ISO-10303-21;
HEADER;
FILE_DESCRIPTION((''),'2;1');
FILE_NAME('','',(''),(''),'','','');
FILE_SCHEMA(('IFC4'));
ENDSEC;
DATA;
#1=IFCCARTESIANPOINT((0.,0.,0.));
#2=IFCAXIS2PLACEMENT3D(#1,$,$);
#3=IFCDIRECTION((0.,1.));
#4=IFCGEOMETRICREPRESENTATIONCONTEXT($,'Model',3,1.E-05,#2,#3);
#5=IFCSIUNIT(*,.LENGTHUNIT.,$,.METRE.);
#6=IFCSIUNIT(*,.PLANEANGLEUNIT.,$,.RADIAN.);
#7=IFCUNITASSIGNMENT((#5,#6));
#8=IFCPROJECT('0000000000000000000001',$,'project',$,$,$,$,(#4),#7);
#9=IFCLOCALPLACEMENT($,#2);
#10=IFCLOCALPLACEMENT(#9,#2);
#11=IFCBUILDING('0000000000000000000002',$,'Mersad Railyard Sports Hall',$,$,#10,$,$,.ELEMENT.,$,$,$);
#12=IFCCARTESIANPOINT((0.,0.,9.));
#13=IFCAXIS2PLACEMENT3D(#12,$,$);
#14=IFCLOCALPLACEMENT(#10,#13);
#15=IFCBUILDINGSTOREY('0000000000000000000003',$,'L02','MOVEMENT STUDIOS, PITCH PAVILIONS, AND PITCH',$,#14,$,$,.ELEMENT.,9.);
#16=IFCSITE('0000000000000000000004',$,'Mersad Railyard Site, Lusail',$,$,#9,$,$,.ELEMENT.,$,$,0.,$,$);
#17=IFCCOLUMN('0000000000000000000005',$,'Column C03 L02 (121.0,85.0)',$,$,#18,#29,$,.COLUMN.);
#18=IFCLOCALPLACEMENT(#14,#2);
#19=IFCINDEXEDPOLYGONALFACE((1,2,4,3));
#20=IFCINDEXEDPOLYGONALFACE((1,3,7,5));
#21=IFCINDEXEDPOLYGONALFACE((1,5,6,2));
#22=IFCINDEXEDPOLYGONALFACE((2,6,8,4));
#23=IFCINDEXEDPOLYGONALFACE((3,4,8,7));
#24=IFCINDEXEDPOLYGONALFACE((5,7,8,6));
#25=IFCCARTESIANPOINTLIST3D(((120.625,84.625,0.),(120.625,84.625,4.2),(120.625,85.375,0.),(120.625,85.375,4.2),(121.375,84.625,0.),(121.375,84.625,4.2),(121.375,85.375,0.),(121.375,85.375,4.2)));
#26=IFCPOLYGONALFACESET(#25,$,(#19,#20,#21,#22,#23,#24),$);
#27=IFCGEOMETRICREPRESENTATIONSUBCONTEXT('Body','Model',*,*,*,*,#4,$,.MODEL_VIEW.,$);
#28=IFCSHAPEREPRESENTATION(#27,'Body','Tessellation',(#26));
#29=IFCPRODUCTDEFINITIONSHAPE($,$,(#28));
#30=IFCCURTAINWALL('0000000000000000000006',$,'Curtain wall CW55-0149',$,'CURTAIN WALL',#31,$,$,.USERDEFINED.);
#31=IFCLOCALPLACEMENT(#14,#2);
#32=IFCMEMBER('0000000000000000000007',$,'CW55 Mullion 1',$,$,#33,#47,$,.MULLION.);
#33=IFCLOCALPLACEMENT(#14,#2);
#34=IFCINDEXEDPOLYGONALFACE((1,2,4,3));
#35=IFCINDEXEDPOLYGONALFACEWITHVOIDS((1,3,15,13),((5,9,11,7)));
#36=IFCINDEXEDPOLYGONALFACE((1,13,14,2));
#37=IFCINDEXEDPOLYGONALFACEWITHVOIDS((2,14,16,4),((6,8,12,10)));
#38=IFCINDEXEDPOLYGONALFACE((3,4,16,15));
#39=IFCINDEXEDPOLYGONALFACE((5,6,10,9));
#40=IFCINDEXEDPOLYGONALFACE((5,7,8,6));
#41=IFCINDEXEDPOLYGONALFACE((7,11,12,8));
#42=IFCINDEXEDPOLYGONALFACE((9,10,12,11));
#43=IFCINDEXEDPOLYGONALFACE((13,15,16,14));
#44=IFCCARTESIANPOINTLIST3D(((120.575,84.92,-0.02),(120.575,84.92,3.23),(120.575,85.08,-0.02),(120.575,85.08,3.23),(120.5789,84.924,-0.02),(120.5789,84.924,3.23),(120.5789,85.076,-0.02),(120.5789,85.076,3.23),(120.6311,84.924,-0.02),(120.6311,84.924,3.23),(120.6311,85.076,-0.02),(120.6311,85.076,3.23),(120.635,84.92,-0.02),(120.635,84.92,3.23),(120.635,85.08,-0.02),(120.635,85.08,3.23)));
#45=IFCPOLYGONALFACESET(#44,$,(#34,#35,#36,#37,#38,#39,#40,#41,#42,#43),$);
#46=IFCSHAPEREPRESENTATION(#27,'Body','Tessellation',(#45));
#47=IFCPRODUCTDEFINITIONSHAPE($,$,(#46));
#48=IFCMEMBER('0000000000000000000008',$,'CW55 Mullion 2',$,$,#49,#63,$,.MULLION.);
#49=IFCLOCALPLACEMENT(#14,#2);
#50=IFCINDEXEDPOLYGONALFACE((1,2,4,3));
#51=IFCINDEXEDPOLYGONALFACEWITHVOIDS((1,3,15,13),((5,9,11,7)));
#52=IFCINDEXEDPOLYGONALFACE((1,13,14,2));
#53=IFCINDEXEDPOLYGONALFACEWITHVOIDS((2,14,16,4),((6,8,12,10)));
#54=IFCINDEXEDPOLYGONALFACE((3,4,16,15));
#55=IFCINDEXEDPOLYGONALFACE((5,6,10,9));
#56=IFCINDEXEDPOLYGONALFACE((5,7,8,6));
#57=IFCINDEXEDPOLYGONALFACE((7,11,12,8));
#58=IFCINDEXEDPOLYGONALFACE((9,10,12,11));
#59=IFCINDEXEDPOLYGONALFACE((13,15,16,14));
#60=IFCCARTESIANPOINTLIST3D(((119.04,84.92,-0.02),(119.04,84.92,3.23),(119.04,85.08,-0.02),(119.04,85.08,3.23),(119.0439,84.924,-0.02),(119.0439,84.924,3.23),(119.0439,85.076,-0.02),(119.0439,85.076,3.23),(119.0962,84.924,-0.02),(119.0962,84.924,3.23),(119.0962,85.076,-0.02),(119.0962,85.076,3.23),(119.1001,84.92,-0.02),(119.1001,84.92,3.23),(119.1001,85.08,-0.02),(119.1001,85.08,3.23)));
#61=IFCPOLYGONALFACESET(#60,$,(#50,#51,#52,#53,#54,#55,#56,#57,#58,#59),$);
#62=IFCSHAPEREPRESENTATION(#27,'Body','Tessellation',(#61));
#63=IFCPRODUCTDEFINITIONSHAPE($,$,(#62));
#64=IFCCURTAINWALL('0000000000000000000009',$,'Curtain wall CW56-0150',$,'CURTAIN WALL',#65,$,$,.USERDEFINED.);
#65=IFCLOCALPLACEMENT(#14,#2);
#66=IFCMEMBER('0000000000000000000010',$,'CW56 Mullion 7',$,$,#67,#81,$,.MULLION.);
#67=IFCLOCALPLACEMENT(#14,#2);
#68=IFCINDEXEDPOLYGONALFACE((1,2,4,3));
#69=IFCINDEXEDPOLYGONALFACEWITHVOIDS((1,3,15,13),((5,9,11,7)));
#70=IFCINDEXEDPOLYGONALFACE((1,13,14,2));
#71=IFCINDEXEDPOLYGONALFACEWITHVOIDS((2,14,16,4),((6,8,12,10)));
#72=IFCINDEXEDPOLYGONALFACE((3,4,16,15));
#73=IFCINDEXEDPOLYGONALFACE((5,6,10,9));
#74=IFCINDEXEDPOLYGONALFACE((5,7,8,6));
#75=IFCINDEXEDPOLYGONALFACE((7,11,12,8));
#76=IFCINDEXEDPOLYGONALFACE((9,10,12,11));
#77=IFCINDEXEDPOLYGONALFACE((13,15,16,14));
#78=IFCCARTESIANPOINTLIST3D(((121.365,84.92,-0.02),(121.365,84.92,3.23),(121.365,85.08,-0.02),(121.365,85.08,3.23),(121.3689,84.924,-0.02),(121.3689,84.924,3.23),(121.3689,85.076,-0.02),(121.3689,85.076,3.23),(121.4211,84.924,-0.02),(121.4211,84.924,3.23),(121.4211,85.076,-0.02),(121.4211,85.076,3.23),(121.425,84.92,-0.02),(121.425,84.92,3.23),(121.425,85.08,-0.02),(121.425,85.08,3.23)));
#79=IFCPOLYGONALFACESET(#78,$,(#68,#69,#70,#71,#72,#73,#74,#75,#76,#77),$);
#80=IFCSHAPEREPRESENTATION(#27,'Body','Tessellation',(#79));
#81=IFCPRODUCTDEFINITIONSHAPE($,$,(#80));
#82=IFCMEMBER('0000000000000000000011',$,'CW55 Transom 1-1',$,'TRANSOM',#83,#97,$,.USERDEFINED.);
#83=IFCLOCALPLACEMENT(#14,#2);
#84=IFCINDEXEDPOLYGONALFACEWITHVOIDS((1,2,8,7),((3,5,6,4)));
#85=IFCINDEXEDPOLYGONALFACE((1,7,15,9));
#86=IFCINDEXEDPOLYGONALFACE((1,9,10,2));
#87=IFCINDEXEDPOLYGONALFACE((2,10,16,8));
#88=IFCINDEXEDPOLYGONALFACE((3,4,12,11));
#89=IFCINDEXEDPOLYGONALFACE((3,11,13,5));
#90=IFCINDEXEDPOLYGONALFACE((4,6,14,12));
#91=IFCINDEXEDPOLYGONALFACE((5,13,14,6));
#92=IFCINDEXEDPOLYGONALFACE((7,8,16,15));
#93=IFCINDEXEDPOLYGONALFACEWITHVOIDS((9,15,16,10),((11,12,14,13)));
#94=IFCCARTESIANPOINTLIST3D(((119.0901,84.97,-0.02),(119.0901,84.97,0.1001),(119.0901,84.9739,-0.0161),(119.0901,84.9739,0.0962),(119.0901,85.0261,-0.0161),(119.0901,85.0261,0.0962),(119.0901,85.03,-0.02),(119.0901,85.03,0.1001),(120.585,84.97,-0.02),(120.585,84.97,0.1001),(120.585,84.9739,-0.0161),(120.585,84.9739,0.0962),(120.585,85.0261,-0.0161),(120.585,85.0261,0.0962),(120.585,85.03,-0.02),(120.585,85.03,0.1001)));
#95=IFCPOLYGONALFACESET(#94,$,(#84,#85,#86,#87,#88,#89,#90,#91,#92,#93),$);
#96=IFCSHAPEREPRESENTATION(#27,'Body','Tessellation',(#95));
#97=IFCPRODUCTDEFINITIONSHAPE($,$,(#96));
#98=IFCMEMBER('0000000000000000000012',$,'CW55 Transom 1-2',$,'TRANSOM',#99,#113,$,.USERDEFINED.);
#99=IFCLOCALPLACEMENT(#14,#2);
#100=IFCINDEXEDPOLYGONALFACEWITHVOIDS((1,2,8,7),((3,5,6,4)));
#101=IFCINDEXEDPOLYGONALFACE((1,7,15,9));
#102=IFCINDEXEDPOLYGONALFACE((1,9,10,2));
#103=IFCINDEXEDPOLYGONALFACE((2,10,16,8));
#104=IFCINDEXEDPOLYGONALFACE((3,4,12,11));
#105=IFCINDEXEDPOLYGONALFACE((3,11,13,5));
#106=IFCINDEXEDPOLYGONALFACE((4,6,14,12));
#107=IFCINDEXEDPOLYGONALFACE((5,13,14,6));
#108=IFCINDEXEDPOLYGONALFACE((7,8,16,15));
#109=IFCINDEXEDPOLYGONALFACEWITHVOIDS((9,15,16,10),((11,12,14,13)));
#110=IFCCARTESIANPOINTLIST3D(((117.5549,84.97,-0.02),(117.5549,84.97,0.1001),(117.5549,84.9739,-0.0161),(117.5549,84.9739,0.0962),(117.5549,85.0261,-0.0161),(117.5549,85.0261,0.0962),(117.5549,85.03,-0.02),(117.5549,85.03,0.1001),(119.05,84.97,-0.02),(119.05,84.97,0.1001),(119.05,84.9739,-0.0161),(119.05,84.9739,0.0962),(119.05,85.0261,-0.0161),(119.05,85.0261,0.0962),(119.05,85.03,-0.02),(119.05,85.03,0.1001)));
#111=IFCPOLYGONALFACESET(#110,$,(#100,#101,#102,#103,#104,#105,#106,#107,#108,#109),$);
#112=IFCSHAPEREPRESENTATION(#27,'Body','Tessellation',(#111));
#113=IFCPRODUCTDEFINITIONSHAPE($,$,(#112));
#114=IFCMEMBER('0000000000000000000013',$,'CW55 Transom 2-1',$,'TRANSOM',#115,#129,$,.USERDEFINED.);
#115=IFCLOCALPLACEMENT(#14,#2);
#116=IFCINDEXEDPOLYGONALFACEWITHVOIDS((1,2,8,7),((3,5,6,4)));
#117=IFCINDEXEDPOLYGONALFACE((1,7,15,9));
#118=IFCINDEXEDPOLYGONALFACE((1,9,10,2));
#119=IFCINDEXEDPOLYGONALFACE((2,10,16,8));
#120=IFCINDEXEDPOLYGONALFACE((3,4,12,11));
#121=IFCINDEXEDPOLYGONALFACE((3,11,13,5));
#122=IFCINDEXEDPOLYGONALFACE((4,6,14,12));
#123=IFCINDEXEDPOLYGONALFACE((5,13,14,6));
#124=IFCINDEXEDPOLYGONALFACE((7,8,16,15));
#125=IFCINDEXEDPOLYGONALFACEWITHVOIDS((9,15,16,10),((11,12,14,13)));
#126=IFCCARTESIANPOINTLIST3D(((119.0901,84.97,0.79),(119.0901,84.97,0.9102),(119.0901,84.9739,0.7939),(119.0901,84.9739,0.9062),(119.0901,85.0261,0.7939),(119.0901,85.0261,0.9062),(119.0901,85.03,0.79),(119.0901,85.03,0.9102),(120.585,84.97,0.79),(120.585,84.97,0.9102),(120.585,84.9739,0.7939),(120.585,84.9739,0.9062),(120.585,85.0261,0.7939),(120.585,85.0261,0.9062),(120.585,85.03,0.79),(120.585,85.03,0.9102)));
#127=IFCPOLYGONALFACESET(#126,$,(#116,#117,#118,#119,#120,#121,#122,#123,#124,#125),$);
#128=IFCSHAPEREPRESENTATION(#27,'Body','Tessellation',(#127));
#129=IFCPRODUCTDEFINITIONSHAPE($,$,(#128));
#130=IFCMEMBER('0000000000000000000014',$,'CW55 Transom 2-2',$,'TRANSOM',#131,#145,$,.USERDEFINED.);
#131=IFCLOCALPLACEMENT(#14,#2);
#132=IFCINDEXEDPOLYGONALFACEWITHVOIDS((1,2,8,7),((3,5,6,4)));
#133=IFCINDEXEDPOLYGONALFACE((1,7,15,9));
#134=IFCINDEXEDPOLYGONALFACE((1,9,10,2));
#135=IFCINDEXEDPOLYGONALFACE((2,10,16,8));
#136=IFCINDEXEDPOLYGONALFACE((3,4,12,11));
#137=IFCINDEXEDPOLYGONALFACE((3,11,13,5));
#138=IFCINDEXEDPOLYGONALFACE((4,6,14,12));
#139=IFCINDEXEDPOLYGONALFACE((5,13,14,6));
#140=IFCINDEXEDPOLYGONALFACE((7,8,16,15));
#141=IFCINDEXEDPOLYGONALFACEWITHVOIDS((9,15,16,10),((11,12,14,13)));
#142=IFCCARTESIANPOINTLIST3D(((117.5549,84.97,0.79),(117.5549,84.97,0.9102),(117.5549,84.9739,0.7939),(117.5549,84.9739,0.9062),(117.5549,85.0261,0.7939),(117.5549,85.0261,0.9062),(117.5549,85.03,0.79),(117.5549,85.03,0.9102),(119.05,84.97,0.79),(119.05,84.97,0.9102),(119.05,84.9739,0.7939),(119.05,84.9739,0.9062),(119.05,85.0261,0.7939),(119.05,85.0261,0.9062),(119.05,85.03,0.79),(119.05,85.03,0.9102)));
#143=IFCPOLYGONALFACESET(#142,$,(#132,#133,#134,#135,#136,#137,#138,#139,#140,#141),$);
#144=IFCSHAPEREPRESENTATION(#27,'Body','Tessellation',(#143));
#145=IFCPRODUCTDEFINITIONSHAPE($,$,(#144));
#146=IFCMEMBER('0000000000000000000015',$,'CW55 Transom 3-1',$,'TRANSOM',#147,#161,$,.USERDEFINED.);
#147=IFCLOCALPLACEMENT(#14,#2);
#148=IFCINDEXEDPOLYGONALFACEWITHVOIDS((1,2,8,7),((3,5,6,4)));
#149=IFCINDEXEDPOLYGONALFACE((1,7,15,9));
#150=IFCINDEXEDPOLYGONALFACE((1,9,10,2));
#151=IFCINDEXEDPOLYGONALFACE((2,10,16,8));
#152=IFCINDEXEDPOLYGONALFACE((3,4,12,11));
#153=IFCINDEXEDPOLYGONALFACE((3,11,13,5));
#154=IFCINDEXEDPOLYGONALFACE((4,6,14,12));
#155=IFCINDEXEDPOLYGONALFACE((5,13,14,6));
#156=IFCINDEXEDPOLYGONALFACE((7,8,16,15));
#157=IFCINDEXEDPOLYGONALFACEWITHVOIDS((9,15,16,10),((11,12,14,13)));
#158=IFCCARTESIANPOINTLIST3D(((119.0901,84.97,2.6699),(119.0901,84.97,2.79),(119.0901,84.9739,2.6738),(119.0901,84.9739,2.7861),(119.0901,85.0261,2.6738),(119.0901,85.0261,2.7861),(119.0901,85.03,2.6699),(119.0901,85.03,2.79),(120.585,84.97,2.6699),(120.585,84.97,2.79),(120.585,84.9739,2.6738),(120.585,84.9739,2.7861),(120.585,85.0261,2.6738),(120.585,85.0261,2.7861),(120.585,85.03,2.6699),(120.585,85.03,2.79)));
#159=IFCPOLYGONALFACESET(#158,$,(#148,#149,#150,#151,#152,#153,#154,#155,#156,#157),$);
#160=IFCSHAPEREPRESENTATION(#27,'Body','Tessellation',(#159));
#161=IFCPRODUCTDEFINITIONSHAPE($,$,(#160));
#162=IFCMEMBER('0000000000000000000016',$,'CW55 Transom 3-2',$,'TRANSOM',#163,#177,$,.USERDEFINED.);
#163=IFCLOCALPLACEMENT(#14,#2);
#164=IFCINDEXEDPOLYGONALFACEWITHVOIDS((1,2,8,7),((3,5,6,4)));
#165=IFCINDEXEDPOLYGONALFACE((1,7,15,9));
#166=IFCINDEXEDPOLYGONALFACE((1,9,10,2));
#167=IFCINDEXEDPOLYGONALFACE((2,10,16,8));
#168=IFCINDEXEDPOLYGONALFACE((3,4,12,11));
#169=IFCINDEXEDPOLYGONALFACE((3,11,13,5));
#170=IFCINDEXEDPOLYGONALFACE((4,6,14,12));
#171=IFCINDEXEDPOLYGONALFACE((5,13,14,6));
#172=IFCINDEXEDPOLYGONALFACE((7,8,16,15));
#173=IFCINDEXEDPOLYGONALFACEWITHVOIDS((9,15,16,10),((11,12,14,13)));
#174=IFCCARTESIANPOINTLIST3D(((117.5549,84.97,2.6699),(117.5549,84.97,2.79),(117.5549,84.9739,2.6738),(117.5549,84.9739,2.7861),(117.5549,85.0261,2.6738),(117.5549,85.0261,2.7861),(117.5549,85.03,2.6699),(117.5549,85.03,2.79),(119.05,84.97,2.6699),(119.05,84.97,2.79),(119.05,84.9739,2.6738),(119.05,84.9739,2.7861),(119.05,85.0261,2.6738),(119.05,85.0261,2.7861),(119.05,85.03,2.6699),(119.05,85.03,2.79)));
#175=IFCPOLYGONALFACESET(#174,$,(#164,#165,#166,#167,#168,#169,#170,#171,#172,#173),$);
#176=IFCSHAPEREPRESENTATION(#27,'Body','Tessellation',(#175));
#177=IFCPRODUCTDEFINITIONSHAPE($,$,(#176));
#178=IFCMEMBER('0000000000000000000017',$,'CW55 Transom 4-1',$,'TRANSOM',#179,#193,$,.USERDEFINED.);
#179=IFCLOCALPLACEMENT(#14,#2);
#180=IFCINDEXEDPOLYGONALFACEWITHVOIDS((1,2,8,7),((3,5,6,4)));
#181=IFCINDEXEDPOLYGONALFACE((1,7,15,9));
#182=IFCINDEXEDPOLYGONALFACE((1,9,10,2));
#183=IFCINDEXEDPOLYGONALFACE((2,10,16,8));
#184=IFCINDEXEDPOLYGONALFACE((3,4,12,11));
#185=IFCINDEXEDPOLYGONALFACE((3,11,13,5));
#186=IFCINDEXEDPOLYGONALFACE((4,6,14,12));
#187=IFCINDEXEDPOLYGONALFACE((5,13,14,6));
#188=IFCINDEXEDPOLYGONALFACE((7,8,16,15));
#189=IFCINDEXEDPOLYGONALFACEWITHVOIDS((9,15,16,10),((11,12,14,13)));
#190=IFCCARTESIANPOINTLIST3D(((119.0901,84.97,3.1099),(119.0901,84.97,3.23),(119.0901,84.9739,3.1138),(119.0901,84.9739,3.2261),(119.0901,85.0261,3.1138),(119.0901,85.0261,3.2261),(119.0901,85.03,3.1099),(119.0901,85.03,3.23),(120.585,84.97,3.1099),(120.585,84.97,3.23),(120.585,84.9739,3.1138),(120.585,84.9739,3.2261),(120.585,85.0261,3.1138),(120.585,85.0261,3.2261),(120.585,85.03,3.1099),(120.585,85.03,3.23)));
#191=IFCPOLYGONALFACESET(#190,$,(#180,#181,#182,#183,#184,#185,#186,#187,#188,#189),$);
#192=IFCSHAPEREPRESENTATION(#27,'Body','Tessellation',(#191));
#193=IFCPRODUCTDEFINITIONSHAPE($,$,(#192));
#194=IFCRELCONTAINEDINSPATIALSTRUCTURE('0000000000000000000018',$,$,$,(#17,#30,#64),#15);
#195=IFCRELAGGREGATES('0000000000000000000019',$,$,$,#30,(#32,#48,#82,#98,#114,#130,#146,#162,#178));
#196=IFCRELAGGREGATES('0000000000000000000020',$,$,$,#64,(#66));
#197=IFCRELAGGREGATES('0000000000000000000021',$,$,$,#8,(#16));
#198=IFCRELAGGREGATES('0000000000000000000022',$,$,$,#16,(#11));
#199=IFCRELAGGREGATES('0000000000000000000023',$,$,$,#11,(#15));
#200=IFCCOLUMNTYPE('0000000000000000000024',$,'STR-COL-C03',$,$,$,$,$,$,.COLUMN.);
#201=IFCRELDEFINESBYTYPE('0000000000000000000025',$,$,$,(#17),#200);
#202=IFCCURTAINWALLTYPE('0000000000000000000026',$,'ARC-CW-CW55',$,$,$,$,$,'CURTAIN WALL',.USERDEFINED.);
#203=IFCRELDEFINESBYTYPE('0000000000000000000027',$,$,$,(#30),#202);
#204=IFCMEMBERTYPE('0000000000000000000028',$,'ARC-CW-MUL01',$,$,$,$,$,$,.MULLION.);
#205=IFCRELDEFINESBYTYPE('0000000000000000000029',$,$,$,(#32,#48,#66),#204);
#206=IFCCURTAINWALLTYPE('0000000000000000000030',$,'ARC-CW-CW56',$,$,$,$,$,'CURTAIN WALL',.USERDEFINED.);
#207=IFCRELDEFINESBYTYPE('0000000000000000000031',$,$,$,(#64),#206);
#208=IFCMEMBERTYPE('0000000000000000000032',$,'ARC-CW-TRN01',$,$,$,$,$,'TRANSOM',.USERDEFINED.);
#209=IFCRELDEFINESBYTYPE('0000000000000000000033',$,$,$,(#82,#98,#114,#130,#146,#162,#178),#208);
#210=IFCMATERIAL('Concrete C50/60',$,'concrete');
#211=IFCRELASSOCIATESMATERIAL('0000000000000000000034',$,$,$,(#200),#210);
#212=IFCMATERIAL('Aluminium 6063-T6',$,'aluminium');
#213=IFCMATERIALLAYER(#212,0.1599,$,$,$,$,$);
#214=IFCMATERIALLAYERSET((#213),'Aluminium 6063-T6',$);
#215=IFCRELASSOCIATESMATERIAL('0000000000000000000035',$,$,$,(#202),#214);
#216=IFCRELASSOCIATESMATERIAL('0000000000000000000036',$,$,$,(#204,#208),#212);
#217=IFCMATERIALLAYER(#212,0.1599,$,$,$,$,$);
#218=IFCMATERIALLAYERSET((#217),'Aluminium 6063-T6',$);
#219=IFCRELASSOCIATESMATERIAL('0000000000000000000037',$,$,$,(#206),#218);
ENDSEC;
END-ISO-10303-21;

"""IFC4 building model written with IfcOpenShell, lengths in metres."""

from ifc_helpers import new_model, si_unit, direction, frame, origin, origin_2d, place, context, subcontext, project, spatial, rectangle, hollow_rectangle, extrude, material, layer, layer_set, material_profile, profile_set, type_object, element, aggregate, save


model = new_model("IFC4")

# Units and contexts
model_context = context("Model", 3, precision=1e-05, world=origin(), true_north=direction((0.0, 1.0)))
body_context = subcontext(model_context, "Body", "Model", "MODEL_VIEW")
ifc_project = project(units=[si_unit("LENGTHUNIT", "METRE"), si_unit("PLANEANGLEUNIT", "RADIAN")], contexts=[model_context])

# Site, building, storey
site_placement = place(None, origin())
site = spatial("IfcSite", under=ifc_project, at=site_placement, Name="Mersad Railyard Site, Lusail", CompositionType="ELEMENT", RefElevation=0.0)
building_placement = place(site_placement, origin())
building = spatial("IfcBuilding", under=site, at=building_placement, Name="Mersad Railyard Sports Hall", CompositionType="ELEMENT")
storey_placement = place(building_placement, frame((0.0, 0.0, 9.0)))
storey = spatial("IfcBuildingStorey", under=building, at=storey_placement, Name="L02", Description="MOVEMENT STUDIOS, PITCH PAVILIONS, AND PITCH", CompositionType="ELEMENT", Elevation=9.0)

# Column
ifc_material_1 = material(Name="Concrete C50/60", Category="concrete")
ifc_material_profile_1 = material_profile(ifc_material_1, rectangle(XDim=0.75, YDim=0.75, at=origin_2d()), Name="RC 750x750")
ifc_profile_set_1 = profile_set([ifc_material_profile_1], Name="Concrete C50/60")
column_type = type_object("IfcColumnType", Name="STR-COL-C03", PredefinedType="COLUMN", material=ifc_profile_set_1)
column_placement = place(storey_placement, frame((121.0, 85.0, 0.0), z_axis=(0.0, 0.0, 1.0), x_axis=(1.0, 0.0, 0.0)))
element("IfcColumn", 1, at=column_placement, inside=storey, type_object=column_type, Name="Column C03 L02 (121.0,85.0)", PredefinedType="COLUMN", context=body_context, shape_type="SweptSolid", body=[
    extrude(rectangle(XDim=0.75, YDim=0.75, at=origin_2d()), origin(), (0.0, 0.0, 1.0), 4.2),
])

# Curtain wall, members
ifc_material_2 = material(Name="Aluminium 6063-T6", Category="aluminium")
ifc_layer_1 = layer(ifc_material_2, 0.1599)
ifc_layer_set_1 = layer_set([ifc_layer_1], Name="Aluminium 6063-T6")
curtain_wall_type_1 = type_object("IfcCurtainWallType", Name="ARC-CW-CW55", ElementType="CURTAIN WALL", PredefinedType="USERDEFINED", material=ifc_layer_set_1)
curtain_wall_1_placement = place(storey_placement, origin())
curtain_wall_1 = element("IfcCurtainWall", 2, at=curtain_wall_1_placement, inside=storey, type_object=curtain_wall_type_1, Name="Curtain wall CW55-0149", ObjectType="CURTAIN WALL", PredefinedType="USERDEFINED")
ifc_material_profile_2 = material_profile(ifc_material_2, hollow_rectangle(XDim=0.0601, YDim=0.1599, WallThickness=0.0039, at=origin_2d()), Name="AL MULLION 60x160x4")
ifc_profile_set_2 = profile_set([ifc_material_profile_2], Name="Aluminium 6063-T6")
member_type_1 = type_object("IfcMemberType", Name="ARC-CW-MUL01", PredefinedType="MULLION", material=ifc_profile_set_2)
member_1_placement = place(storey_placement, frame((120.605, 85.0, -0.02), z_axis=(0.0, 0.0, 1.0), x_axis=(1.0, 0.0, 0.0)))
member_1 = element("IfcMember", 3, at=member_1_placement, type_object=member_type_1, Name="CW55 Mullion 1", PredefinedType="MULLION", context=body_context, shape_type="SweptSolid", body=[
    extrude(hollow_rectangle(XDim=0.0601, YDim=0.1599, WallThickness=0.0039, at=origin_2d()), origin(), (0.0, 0.0, 1.0), 3.25),
])
member_2_placement = place(storey_placement, frame((119.0701, 85.0, -0.02), z_axis=(0.0, 0.0, 1.0), x_axis=(1.0, 0.0, 0.0)))
member_2 = element("IfcMember", 4, at=member_2_placement, type_object=member_type_1, Name="CW55 Mullion 2", PredefinedType="MULLION", context=body_context, shape_type="SweptSolid", body=[
    extrude(hollow_rectangle(XDim=0.0601, YDim=0.1599, WallThickness=0.0039, at=origin_2d()), origin(), (0.0, 0.0, 1.0), 3.25),
])

# Curtain wall, member
ifc_layer_2 = layer(ifc_material_2, 0.1599)
ifc_layer_set_2 = layer_set([ifc_layer_2], Name="Aluminium 6063-T6")
curtain_wall_type_2 = type_object("IfcCurtainWallType", Name="ARC-CW-CW56", ElementType="CURTAIN WALL", PredefinedType="USERDEFINED", material=ifc_layer_set_2)
curtain_wall_2_placement = place(storey_placement, origin())
curtain_wall_2 = element("IfcCurtainWall", 5, at=curtain_wall_2_placement, inside=storey, type_object=curtain_wall_type_2, Name="Curtain wall CW56-0150", ObjectType="CURTAIN WALL", PredefinedType="USERDEFINED")
member_3_placement = place(storey_placement, frame((121.395, 85.0, -0.02), z_axis=(0.0, 0.0, 1.0), x_axis=(1.0, 0.0, 0.0)))
member_3 = element("IfcMember", 6, at=member_3_placement, type_object=member_type_1, Name="CW56 Mullion 7", PredefinedType="MULLION", context=body_context, shape_type="SweptSolid", body=[
    extrude(hollow_rectangle(XDim=0.0601, YDim=0.1599, WallThickness=0.0039, at=origin_2d()), origin(), (0.0, 0.0, 1.0), 3.25),
])

# Members
ifc_material_profile_3 = material_profile(ifc_material_2, hollow_rectangle(XDim=0.0601, YDim=0.1201, WallThickness=0.0039, at=origin_2d()), Name="AL TRANSOM 60x120x4")
ifc_profile_set_3 = profile_set([ifc_material_profile_3], Name="Aluminium 6063-T6")
member_type_2 = type_object("IfcMemberType", Name="ARC-CW-TRN01", ElementType="TRANSOM", PredefinedType="USERDEFINED", material=ifc_profile_set_3)
member_4_placement = place(storey_placement, frame((120.585, 85.0, 0.04), z_axis=(-1.0, 0.0, 0.0), x_axis=(0.0, -1.0, 0.0)))
member_4 = element("IfcMember", 7, at=member_4_placement, type_object=member_type_2, Name="CW55 Transom 1-1", ObjectType="TRANSOM", PredefinedType="USERDEFINED", context=body_context, shape_type="SweptSolid", body=[
    extrude(hollow_rectangle(XDim=0.0601, YDim=0.1201, WallThickness=0.0039, at=origin_2d()), origin(), (0.0, 0.0, 1.0), 1.4949),
])
member_5_placement = place(storey_placement, frame((119.05, 85.0, 0.04), z_axis=(-1.0, 0.0, 0.0), x_axis=(0.0, -1.0, 0.0)))
member_5 = element("IfcMember", 8, at=member_5_placement, type_object=member_type_2, Name="CW55 Transom 1-2", ObjectType="TRANSOM", PredefinedType="USERDEFINED", context=body_context, shape_type="SweptSolid", body=[
    extrude(hollow_rectangle(XDim=0.0601, YDim=0.1201, WallThickness=0.0039, at=origin_2d()), origin(), (0.0, 0.0, 1.0), 1.4951),
])
member_6_placement = place(storey_placement, frame((120.585, 85.0, 0.8501), z_axis=(-1.0, 0.0, 0.0), x_axis=(0.0, -1.0, 0.0)))
member_6 = element("IfcMember", 9, at=member_6_placement, type_object=member_type_2, Name="CW55 Transom 2-1", ObjectType="TRANSOM", PredefinedType="USERDEFINED", context=body_context, shape_type="SweptSolid", body=[
    extrude(hollow_rectangle(XDim=0.0601, YDim=0.1201, WallThickness=0.0039, at=origin_2d()), origin(), (0.0, 0.0, 1.0), 1.4949),
])
member_7_placement = place(storey_placement, frame((119.05, 85.0, 0.8501), z_axis=(-1.0, 0.0, 0.0), x_axis=(0.0, -1.0, 0.0)))
member_7 = element("IfcMember", 10, at=member_7_placement, type_object=member_type_2, Name="CW55 Transom 2-2", ObjectType="TRANSOM", PredefinedType="USERDEFINED", context=body_context, shape_type="SweptSolid", body=[
    extrude(hollow_rectangle(XDim=0.0601, YDim=0.1201, WallThickness=0.0039, at=origin_2d()), origin(), (0.0, 0.0, 1.0), 1.4951),
])
member_8_placement = place(storey_placement, frame((120.585, 85.0, 2.73), z_axis=(-1.0, 0.0, 0.0), x_axis=(0.0, -1.0, 0.0)))
member_8 = element("IfcMember", 11, at=member_8_placement, type_object=member_type_2, Name="CW55 Transom 3-1", ObjectType="TRANSOM", PredefinedType="USERDEFINED", context=body_context, shape_type="SweptSolid", body=[
    extrude(hollow_rectangle(XDim=0.0601, YDim=0.1201, WallThickness=0.0039, at=origin_2d()), origin(), (0.0, 0.0, 1.0), 1.4949),
])
member_9_placement = place(storey_placement, frame((119.05, 85.0, 2.73), z_axis=(-1.0, 0.0, 0.0), x_axis=(0.0, -1.0, 0.0)))
member_9 = element("IfcMember", 12, at=member_9_placement, type_object=member_type_2, Name="CW55 Transom 3-2", ObjectType="TRANSOM", PredefinedType="USERDEFINED", context=body_context, shape_type="SweptSolid", body=[
    extrude(hollow_rectangle(XDim=0.0601, YDim=0.1201, WallThickness=0.0039, at=origin_2d()), origin(), (0.0, 0.0, 1.0), 1.4951),
])
member_10_placement = place(storey_placement, frame((120.585, 85.0, 3.1699), z_axis=(-1.0, 0.0, 0.0), x_axis=(0.0, -1.0, 0.0)))
member_10 = element("IfcMember", 13, at=member_10_placement, type_object=member_type_2, Name="CW55 Transom 4-1", ObjectType="TRANSOM", PredefinedType="USERDEFINED", context=body_context, shape_type="SweptSolid", body=[
    extrude(hollow_rectangle(XDim=0.0601, YDim=0.1201, WallThickness=0.0039, at=origin_2d()), origin(), (0.0, 0.0, 1.0), 1.4949),
])

aggregate(curtain_wall_1, [member_1, member_2, member_4, member_5, member_6, member_7, member_8, member_9, member_10])
aggregate(curtain_wall_2, [member_3])

save(model, "model.ifc")
